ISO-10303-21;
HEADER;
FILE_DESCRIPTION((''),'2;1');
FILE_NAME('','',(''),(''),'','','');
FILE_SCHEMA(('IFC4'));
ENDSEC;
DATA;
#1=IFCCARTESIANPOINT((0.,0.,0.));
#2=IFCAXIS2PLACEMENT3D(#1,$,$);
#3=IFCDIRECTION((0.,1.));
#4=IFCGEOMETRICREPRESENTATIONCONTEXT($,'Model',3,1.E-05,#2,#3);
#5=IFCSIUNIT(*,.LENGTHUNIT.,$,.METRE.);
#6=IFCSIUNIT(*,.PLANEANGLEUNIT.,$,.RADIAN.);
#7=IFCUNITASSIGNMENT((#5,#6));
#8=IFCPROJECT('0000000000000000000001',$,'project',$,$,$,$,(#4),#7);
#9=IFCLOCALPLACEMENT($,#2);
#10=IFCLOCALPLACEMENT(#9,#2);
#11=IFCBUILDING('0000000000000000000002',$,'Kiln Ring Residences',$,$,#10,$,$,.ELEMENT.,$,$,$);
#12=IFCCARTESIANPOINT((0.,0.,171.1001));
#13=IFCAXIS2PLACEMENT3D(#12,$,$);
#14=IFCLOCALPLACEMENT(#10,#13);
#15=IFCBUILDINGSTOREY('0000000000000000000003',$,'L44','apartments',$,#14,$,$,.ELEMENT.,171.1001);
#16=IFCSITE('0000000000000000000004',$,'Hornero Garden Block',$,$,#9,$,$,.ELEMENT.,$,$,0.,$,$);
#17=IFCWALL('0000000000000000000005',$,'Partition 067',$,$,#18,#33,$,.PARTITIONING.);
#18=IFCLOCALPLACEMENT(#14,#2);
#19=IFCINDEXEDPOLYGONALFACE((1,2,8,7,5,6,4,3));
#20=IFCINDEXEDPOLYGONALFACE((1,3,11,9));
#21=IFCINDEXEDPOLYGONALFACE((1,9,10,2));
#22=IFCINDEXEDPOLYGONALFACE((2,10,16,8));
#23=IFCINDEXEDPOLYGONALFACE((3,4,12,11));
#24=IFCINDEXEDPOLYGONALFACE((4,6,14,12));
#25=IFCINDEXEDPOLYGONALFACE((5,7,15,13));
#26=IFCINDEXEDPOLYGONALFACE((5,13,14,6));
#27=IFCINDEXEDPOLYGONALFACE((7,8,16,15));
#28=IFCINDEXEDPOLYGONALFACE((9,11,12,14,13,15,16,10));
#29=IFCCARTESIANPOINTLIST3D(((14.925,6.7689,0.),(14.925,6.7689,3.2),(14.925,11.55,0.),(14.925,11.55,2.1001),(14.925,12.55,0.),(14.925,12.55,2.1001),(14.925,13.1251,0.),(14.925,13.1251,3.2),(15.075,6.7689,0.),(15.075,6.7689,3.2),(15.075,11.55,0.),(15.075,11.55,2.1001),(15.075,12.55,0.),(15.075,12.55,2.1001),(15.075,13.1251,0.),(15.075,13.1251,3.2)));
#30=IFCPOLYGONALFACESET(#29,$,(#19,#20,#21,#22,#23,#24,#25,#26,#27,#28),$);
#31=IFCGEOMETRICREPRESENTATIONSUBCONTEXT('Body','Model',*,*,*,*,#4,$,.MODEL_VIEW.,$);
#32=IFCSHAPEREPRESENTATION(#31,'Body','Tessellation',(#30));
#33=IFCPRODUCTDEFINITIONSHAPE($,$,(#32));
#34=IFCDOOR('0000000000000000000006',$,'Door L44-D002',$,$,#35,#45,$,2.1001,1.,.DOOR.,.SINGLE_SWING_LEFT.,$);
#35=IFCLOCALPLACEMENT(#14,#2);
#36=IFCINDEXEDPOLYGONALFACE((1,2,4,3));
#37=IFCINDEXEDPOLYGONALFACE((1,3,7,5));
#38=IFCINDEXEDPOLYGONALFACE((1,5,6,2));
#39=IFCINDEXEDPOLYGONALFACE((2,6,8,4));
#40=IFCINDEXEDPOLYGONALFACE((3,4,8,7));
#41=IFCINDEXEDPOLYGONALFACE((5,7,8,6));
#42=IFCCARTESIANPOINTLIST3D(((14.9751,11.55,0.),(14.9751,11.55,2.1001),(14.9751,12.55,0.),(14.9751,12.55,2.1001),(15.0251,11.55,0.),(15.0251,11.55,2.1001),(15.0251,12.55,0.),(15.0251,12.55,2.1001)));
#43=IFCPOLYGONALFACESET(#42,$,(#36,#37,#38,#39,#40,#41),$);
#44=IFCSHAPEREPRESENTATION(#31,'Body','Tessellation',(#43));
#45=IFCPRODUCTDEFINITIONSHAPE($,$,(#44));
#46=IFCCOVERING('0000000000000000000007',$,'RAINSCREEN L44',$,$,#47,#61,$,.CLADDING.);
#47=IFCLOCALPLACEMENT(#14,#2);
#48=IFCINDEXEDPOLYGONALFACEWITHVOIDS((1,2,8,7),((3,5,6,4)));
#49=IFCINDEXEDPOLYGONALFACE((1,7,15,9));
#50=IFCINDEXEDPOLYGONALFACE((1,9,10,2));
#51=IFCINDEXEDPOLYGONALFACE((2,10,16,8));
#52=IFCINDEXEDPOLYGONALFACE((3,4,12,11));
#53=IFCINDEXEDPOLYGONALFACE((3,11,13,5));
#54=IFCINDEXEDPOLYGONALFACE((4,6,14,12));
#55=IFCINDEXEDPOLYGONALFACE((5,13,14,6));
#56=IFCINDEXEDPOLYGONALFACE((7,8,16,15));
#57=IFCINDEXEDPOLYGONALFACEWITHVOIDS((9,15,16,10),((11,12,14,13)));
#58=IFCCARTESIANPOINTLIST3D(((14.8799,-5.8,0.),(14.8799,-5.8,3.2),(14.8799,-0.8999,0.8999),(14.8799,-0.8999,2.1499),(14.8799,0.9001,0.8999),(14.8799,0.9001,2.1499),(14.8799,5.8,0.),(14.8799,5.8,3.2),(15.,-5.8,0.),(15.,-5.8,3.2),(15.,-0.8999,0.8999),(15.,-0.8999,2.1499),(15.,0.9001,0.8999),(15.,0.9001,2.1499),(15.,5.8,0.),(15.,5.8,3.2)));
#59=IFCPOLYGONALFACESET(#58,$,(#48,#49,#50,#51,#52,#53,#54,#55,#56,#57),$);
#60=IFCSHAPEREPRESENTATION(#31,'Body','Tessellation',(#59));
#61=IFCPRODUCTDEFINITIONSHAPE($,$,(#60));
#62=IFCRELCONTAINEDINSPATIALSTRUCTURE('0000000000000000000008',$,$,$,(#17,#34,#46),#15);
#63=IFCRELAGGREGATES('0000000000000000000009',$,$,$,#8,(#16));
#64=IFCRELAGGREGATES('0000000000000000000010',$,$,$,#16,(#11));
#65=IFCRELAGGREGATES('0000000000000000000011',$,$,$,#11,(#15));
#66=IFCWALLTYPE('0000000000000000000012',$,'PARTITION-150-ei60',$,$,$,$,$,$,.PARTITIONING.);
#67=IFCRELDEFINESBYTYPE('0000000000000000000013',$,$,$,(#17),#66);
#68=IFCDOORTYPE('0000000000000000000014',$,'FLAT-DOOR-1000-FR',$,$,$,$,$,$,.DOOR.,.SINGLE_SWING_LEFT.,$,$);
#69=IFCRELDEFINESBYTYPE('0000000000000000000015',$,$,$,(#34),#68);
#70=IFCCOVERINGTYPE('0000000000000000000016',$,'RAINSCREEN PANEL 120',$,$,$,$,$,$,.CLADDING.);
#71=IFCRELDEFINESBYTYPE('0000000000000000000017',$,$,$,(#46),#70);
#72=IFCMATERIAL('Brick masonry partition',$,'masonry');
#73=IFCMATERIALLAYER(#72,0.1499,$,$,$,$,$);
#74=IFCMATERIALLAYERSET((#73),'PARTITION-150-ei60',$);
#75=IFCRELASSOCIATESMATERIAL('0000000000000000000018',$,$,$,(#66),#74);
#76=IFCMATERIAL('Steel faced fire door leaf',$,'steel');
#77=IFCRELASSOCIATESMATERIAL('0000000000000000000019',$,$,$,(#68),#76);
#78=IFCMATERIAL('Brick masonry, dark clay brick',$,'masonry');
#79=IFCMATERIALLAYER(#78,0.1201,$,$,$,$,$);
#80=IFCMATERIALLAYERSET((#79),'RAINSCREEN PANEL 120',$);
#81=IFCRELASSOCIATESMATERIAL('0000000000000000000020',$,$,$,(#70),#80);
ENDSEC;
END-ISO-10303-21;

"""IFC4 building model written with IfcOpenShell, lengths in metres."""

from ifc_helpers import new_model, si_unit, direction, frame, frame_2d, origin, place, context, subcontext, project, spatial, polyline, rectangle, outline, extrude, material, layer, layer_set, type_object, element, fill, save


model = new_model("IFC4")

# Units and contexts
model_context = context("Model", 3, precision=1e-05, world=origin(), true_north=direction((0.0, 1.0)))
body_context = subcontext(model_context, "Body", "Model", "MODEL_VIEW")
ifc_project = project(units=[si_unit("LENGTHUNIT", "METRE"), si_unit("PLANEANGLEUNIT", "RADIAN")], contexts=[model_context])

# Site, building, storey
site_placement = place(None, origin())
site = spatial("IfcSite", under=ifc_project, at=site_placement, Name="Hornero Garden Block", CompositionType="ELEMENT", RefElevation=0.0)
building_placement = place(site_placement, origin())
building = spatial("IfcBuilding", under=site, at=building_placement, Name="Kiln Ring Residences", CompositionType="ELEMENT")
storey_placement = place(building_placement, frame((0.0, 0.0, 171.1001)))
storey = spatial("IfcBuildingStorey", under=building, at=storey_placement, Name="L44", Description="apartments", CompositionType="ELEMENT", Elevation=171.1001)

# Shared definitions
ifc_material_1 = material(Name="Brick masonry partition", Category="masonry")
ifc_layer_1 = layer(ifc_material_1, 0.1499)
ifc_layer_set_1 = layer_set([ifc_layer_1], Name="PARTITION-150-ei60")
wall_type_1 = type_object("IfcWallType", Name="PARTITION-150-ei60", PredefinedType="PARTITIONING", material=ifc_layer_set_1)

# Wall, opening, door
wall_1_placement = place(storey_placement, frame((15.0, 6.7688, 0.0), z_axis=(0.0, 0.0, 1.0), x_axis=(0.0, 1.0, 0.0)))
wall_1 = element("IfcWall", 1, at=wall_1_placement, inside=storey, type_object=wall_type_1, Name="Partition 067", PredefinedType="PARTITIONING", context=body_context, shape_type="SweptSolid", body=[
    extrude(rectangle(XDim=6.3562, YDim=0.1499, at=frame_2d((3.1782, 0.0))), origin(), (0.0, 0.0, 1.0), 3.2),
])
opening_1_placement = place(wall_1_placement, frame((4.7812, 0.0, 0.0)))
opening_1 = element("IfcOpeningElement", 2, at=opening_1_placement, cuts=wall_1, PredefinedType="OPENING", context=body_context, shape_type="SweptSolid", body=[
    extrude(rectangle(XDim=1.0, YDim=2.1001, at=frame_2d((0.5, 1.05))), frame((0.0, 0.085, 0.0), z_axis=(0.0, -1.0, 0.0), x_axis=(1.0, 0.0, 0.0)), (0.0, 0.0, 1.0), 0.1699),
])
ifc_material_2 = material(Name="Steel faced fire door leaf", Category="steel")
door_type_1 = type_object("IfcDoorType", Name="FLAT-DOOR-1000-FR", OperationType="SINGLE_SWING_LEFT", PredefinedType="DOOR", material=ifc_material_2)
door_1_placement = place(opening_1_placement, origin())
door_1 = element("IfcDoor", 3, at=door_1_placement, inside=storey, type_object=door_type_1, Name="Door L44-D002", OperationType="SINGLE_SWING_LEFT", OverallHeight=2.1001, OverallWidth=1.0, PredefinedType="DOOR", context=body_context, shape_type="SweptSolid", body=[
    extrude(rectangle(XDim=1.0, YDim=2.1001, at=frame_2d((0.5, 1.05))), frame((0.0, 0.0249, 0.0), z_axis=(0.0, -1.0, 0.0), x_axis=(1.0, 0.0, 0.0)), (0.0, 0.0, 1.0), 0.05),
])
fill(opening_1, door_1)

# Covering
ifc_material_3 = material(Name="Brick masonry, dark clay brick", Category="masonry")
ifc_layer_2 = layer(ifc_material_3, 0.1201)
ifc_layer_set_2 = layer_set([ifc_layer_2], Name="RAINSCREEN PANEL 120")
covering_type = type_object("IfcCoveringType", Name="RAINSCREEN PANEL 120", PredefinedType="CLADDING", material=ifc_layer_set_2)
covering_placement = place(storey_placement, frame((14.9399, 5.8, 0.0), z_axis=(0.0, 0.0, 1.0), x_axis=(0.0, -1.0, 0.0)))
element("IfcCovering", 4, at=covering_placement, inside=storey, type_object=covering_type, Name="RAINSCREEN L44", PredefinedType="CLADDING", context=body_context, shape_type="SweptSolid", body=[
    extrude(outline(polyline([(0.0, 0.0), (11.6001, 0.0), (11.6001, 3.2), (0.0, 3.2), (0.0, 0.0)]), holes=[polyline([(4.8999, 2.1499), (4.8999, 0.8999), (6.7, 0.8999), (6.7, 2.1499), (4.8999, 2.1499)])]), frame((0.0, 0.0601, 0.0), z_axis=(0.0, -1.0, 0.0), x_axis=(1.0, 0.0, 0.0)), (0.0, 0.0, 1.0), 0.1201),
])

save(model, "model.ifc")
